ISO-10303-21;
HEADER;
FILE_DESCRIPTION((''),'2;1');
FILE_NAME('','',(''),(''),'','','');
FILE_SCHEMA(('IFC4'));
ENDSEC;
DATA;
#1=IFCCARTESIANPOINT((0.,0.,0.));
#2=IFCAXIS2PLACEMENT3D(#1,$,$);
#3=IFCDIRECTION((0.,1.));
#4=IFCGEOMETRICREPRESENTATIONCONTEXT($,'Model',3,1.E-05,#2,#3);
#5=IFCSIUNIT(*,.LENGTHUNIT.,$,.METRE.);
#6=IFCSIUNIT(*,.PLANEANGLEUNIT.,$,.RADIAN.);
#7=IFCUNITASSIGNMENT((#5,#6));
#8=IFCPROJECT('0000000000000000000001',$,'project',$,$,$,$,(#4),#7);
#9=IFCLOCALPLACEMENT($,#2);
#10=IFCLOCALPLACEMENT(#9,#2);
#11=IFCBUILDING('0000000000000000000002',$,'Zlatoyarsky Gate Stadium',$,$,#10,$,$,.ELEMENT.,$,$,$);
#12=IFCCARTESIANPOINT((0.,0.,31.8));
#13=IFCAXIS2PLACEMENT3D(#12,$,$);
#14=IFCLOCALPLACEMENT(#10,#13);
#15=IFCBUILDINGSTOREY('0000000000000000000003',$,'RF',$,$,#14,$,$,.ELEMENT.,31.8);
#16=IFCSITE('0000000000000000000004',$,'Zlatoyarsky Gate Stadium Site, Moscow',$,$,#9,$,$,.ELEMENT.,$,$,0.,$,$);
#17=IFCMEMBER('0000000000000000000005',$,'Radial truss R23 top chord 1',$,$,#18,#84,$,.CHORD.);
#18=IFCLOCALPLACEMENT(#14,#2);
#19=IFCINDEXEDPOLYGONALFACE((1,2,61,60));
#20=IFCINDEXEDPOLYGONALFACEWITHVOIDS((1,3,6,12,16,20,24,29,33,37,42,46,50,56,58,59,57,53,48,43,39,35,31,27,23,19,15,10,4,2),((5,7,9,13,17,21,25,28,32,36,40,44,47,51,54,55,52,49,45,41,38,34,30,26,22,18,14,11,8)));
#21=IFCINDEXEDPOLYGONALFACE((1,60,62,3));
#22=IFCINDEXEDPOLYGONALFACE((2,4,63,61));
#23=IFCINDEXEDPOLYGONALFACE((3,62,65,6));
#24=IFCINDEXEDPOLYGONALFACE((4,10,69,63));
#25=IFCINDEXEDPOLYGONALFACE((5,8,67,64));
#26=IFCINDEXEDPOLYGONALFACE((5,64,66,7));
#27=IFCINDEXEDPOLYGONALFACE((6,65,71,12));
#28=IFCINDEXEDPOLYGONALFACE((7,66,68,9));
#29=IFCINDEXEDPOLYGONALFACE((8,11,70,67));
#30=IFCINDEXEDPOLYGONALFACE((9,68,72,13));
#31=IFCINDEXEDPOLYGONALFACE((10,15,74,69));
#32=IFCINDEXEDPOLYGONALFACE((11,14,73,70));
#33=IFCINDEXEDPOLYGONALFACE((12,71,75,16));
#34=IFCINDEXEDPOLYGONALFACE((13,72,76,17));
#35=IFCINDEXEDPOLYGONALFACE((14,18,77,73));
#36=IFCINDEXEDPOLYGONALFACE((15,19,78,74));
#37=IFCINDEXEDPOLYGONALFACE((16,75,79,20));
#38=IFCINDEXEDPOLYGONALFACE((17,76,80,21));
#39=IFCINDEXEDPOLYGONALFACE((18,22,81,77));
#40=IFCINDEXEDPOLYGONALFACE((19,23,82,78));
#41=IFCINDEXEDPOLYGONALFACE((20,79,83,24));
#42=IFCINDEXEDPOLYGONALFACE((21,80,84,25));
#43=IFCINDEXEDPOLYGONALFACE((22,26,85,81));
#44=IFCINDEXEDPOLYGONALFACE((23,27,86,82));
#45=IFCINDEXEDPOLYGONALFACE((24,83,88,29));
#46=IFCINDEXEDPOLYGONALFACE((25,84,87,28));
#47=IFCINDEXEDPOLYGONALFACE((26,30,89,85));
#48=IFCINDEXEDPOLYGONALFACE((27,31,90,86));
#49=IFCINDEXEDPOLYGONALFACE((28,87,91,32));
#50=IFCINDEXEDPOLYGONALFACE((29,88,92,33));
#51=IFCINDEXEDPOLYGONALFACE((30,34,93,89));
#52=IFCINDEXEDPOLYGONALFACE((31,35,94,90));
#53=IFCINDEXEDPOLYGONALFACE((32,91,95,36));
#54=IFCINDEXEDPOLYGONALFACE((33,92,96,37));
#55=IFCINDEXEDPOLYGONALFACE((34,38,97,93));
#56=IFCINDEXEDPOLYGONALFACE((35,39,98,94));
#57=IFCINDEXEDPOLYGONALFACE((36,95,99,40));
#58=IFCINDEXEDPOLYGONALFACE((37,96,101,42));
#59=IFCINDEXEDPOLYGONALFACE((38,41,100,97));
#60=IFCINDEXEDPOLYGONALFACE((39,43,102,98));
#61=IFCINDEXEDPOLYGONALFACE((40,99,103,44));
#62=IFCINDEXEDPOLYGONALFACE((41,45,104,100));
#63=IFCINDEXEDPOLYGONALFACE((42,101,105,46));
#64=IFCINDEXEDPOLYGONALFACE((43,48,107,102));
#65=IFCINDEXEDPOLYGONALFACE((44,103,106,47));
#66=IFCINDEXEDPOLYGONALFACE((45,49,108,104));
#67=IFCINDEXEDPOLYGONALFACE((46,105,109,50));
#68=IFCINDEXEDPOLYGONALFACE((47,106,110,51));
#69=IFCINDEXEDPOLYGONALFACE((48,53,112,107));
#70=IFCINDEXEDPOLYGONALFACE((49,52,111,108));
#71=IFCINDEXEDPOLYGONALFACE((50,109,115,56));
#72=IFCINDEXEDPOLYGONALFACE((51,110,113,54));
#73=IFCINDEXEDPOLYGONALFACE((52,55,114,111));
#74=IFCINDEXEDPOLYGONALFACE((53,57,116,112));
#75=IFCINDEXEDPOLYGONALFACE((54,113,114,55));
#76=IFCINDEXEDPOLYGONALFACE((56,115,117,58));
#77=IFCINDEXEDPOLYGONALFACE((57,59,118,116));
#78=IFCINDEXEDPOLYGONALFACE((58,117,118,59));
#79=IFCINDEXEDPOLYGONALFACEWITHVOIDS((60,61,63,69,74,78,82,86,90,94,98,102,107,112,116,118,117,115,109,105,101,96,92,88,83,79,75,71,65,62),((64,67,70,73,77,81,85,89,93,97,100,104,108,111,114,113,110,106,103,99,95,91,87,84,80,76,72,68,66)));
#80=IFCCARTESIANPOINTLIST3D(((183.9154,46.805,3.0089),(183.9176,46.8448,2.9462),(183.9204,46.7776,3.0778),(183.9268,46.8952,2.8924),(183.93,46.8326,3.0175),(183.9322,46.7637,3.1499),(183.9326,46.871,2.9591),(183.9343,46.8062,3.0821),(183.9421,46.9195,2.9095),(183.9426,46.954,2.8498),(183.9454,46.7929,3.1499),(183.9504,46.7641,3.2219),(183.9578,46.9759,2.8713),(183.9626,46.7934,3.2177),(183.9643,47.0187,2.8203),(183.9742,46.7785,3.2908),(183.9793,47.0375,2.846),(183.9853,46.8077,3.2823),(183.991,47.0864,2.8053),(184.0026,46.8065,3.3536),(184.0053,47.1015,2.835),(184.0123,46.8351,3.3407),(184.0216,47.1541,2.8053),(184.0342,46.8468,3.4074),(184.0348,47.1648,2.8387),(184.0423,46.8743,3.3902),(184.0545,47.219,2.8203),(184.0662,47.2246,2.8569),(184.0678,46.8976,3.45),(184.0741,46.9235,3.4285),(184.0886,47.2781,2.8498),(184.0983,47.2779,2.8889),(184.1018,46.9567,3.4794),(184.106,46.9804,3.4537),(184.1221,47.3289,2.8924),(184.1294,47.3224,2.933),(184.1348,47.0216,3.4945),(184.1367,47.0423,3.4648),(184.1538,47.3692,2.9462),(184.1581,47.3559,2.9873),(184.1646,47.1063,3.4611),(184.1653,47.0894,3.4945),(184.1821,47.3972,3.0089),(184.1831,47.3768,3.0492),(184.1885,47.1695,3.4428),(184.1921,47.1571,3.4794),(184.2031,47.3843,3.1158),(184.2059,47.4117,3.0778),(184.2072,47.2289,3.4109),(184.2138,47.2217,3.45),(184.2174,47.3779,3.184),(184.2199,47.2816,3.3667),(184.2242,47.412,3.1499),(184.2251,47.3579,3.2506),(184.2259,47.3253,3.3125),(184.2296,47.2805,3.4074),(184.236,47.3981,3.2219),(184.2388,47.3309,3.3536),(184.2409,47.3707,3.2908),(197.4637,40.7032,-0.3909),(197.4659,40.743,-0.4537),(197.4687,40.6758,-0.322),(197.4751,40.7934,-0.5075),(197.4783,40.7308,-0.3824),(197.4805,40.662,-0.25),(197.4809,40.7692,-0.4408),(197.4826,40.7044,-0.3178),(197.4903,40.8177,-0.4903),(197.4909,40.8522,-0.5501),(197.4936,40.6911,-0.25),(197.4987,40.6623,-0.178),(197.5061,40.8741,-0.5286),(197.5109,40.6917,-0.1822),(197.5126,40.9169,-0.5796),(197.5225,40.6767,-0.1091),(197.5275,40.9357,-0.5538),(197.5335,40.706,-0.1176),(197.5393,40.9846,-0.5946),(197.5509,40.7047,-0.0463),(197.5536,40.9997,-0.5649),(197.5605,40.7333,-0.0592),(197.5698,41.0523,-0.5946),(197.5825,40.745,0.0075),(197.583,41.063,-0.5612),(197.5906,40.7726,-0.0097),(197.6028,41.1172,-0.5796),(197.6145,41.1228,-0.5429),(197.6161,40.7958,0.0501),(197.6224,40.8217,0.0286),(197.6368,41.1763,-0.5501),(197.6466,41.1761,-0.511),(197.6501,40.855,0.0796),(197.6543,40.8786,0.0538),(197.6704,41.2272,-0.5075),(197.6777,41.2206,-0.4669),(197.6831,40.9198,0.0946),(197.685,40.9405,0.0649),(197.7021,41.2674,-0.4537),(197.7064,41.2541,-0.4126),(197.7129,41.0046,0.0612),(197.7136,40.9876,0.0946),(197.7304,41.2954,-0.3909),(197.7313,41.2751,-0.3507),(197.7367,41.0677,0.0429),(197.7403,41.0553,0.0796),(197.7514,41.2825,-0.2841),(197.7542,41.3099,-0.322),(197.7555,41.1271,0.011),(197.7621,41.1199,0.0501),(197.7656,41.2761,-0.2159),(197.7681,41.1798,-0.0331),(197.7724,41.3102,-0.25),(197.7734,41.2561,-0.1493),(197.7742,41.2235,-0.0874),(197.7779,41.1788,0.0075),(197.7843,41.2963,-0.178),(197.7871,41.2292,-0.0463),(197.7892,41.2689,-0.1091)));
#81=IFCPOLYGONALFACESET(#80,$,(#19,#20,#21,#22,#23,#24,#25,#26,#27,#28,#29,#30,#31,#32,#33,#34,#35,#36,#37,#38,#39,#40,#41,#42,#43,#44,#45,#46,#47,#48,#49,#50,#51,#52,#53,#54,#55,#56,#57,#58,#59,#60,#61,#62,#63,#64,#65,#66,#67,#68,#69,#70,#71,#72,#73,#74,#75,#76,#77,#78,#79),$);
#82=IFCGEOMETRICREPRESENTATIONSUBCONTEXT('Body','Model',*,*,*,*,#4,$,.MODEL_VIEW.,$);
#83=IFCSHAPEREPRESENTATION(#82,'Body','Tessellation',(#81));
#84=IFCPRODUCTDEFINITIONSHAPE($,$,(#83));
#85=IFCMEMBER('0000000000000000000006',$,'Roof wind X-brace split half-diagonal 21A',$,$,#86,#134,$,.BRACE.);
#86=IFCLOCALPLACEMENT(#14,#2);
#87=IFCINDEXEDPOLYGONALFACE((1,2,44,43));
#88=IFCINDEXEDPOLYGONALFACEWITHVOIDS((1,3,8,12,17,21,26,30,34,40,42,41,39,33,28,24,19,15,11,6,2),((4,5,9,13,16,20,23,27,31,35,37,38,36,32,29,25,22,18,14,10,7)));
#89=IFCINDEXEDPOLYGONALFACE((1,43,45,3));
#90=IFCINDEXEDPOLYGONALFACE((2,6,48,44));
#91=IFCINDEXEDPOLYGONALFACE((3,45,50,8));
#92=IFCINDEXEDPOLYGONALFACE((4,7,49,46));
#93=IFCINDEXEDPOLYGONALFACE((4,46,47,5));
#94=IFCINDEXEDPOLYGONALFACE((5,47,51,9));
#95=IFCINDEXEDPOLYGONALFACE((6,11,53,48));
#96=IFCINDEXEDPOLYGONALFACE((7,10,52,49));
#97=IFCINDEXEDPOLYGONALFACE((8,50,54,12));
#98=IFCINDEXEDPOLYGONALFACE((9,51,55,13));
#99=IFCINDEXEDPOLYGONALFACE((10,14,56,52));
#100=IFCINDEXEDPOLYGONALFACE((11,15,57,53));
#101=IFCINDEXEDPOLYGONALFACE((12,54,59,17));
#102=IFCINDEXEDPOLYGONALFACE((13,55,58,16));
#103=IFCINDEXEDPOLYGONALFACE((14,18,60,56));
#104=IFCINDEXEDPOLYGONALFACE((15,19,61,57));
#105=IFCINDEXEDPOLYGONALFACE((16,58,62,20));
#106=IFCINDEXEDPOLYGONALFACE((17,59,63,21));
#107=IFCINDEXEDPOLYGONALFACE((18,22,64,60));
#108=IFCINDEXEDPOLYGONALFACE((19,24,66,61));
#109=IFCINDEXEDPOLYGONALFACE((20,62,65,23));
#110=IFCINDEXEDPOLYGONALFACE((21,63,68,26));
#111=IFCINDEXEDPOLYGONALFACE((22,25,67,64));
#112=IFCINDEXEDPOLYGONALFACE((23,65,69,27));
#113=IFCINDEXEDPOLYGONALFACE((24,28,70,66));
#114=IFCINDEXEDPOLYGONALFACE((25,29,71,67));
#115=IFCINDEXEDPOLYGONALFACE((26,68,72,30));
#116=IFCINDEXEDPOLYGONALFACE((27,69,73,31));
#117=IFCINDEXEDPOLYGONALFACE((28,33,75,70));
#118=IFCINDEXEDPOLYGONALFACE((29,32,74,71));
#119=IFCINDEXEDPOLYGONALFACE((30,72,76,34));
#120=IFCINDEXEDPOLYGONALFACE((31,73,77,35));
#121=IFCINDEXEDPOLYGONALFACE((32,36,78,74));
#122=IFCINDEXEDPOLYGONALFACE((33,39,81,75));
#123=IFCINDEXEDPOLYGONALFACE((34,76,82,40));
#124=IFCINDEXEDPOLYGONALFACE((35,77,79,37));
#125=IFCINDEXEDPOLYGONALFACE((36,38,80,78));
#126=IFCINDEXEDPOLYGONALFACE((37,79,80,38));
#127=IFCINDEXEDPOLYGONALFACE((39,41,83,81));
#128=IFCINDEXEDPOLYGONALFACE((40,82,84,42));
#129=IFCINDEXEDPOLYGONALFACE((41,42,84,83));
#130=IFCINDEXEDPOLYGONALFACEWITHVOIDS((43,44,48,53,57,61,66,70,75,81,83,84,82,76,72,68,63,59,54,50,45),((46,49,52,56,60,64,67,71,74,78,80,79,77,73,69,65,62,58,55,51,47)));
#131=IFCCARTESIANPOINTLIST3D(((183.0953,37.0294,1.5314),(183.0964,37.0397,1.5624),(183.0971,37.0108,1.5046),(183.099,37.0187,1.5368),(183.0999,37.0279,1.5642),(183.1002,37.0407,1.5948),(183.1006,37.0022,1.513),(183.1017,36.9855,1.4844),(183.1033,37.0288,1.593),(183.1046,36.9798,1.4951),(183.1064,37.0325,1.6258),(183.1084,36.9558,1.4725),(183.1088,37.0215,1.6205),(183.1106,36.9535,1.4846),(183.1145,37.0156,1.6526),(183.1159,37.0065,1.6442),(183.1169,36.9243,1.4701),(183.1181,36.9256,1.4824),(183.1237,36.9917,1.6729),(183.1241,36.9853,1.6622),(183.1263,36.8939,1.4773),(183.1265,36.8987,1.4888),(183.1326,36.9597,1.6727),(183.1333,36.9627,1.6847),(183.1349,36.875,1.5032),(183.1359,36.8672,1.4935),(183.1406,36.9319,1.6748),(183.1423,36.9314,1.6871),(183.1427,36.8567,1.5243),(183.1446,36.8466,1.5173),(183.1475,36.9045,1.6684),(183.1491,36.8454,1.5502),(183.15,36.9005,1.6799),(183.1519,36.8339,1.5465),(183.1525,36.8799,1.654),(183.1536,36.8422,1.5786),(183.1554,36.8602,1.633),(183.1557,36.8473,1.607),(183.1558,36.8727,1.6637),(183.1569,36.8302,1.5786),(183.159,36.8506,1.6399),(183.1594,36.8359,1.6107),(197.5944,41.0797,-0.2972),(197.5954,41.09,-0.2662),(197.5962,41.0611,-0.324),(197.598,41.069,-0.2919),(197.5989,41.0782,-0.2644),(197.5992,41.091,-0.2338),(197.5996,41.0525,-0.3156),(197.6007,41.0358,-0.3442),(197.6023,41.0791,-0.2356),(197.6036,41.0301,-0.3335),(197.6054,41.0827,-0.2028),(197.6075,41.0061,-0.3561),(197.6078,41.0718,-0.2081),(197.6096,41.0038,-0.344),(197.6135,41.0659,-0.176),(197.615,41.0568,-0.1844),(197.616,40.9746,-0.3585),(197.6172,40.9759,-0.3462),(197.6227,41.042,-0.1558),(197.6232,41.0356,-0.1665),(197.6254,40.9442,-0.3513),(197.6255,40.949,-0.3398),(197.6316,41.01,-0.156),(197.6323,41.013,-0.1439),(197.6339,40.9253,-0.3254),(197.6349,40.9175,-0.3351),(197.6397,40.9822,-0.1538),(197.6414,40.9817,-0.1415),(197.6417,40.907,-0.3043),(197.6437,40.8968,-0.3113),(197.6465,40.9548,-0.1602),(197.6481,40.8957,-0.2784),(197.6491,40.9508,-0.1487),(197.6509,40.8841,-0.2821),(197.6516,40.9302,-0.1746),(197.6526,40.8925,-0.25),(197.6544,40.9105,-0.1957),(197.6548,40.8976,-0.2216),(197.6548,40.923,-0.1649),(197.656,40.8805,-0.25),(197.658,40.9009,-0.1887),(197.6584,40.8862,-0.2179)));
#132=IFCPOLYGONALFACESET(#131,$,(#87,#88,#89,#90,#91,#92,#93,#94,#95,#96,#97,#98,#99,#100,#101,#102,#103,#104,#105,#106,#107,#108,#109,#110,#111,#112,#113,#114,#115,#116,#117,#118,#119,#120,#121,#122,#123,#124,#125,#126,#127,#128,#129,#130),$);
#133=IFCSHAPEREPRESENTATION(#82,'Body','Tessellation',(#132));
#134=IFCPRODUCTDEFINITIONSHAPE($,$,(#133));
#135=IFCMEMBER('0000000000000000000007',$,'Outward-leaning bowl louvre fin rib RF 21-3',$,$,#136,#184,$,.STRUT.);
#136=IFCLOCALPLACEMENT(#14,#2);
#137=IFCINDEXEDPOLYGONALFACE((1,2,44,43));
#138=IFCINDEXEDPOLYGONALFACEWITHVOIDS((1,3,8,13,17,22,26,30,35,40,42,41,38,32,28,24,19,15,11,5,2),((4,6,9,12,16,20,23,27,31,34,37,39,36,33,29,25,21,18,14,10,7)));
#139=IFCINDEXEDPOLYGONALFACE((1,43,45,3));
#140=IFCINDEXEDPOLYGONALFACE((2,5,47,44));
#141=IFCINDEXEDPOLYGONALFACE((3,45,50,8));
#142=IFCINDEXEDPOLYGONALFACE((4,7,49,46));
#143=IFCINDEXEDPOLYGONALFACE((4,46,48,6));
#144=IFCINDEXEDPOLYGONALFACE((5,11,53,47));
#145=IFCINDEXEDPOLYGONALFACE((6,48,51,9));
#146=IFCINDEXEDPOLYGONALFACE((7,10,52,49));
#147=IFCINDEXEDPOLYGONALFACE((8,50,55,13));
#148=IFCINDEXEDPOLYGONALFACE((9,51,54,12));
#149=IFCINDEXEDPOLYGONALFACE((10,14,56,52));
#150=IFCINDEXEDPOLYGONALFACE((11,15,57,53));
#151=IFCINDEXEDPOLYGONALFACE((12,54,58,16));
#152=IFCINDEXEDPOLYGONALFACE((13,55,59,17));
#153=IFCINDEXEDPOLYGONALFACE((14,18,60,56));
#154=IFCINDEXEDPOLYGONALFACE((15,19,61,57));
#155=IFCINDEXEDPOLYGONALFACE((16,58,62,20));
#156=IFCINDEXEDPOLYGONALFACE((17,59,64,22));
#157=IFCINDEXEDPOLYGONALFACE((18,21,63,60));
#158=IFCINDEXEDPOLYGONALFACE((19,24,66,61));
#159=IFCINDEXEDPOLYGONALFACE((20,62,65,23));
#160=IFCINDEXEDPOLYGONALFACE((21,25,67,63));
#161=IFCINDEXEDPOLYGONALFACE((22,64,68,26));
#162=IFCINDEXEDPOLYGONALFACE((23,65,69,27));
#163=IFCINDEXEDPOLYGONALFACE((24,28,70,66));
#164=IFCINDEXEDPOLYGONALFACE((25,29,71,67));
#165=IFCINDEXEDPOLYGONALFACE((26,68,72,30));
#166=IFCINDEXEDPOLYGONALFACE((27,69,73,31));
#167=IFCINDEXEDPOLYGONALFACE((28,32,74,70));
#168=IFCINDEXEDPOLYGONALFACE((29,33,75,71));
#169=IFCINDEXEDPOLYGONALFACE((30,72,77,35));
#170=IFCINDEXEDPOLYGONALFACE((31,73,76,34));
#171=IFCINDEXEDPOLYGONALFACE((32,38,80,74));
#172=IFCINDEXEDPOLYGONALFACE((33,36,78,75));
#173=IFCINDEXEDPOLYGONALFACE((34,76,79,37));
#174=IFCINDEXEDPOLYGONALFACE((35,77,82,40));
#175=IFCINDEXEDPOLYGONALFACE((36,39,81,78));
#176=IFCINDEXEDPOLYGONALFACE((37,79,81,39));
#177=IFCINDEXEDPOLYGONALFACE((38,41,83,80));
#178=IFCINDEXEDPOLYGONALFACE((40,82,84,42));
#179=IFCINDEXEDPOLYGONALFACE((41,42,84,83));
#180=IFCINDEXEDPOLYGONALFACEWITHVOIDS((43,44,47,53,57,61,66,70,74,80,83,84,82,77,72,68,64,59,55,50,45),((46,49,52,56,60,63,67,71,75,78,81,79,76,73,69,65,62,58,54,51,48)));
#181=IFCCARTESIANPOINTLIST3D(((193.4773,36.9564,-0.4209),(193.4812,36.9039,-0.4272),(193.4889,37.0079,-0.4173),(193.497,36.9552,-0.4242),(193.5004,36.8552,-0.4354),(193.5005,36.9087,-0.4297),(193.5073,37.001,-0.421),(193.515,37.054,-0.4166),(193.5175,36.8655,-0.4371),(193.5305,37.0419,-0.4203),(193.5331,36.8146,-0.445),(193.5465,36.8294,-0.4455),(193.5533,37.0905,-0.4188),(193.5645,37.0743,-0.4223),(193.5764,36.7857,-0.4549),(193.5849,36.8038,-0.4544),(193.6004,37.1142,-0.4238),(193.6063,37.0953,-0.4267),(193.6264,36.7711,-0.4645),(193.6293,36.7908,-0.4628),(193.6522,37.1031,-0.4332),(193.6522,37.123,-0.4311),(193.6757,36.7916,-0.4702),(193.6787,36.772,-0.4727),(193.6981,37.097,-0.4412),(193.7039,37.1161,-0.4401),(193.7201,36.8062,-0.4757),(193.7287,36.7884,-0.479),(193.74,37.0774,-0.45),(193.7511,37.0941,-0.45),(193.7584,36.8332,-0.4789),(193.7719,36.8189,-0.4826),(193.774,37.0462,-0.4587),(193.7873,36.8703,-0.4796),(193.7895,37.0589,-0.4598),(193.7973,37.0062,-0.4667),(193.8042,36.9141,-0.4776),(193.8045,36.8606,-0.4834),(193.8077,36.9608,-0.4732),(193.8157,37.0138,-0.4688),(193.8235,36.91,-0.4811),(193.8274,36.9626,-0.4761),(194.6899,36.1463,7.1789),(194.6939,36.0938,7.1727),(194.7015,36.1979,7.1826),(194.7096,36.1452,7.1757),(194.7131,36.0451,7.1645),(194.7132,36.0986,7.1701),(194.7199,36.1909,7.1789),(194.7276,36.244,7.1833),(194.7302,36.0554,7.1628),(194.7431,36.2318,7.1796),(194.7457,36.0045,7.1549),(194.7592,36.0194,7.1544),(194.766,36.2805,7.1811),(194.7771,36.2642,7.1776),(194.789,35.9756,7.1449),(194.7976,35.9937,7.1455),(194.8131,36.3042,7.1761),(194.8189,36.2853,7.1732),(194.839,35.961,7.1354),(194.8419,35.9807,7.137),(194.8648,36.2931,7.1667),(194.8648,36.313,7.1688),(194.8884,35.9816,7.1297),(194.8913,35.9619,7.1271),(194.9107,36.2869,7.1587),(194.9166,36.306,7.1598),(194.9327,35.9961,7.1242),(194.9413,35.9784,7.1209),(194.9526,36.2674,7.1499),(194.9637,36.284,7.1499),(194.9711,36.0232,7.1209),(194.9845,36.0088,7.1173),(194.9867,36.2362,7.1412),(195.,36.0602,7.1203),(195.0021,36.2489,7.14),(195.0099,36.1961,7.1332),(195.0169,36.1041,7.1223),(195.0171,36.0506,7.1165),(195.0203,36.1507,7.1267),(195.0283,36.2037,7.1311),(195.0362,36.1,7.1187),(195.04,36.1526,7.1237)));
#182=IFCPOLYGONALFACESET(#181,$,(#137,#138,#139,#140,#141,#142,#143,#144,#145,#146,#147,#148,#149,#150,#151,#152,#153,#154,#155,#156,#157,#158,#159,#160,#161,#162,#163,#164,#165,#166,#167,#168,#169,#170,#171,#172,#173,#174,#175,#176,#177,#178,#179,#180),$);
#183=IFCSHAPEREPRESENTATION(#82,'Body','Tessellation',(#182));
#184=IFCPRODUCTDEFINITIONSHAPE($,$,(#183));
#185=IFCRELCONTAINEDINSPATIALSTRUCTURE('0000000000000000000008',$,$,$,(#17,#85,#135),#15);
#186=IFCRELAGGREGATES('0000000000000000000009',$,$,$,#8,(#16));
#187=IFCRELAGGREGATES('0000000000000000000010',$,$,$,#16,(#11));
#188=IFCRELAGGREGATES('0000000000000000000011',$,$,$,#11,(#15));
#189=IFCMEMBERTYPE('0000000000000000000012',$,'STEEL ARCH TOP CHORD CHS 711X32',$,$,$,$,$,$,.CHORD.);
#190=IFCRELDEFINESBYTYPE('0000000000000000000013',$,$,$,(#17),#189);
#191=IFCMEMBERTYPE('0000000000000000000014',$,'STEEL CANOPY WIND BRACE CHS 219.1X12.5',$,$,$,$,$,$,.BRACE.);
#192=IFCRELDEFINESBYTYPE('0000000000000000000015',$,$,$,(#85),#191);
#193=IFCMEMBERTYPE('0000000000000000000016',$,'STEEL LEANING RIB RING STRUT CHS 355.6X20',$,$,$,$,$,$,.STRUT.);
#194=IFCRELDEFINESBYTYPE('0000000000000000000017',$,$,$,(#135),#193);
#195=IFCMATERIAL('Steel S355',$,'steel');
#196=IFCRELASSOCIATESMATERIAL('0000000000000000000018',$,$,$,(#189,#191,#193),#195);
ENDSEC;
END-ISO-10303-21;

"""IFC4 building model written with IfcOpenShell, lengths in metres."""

from ifc_helpers import new_model, si_unit, direction, frame, origin, origin_2d, place, context, subcontext, project, spatial, hollow_circle, extrude, material, material_profile, profile_set, type_object, element, save


model = new_model("IFC4")

# Units and contexts
model_context = context("Model", 3, precision=1e-05, world=origin(), true_north=direction((0.0, 1.0)))
body_context = subcontext(model_context, "Body", "Model", "MODEL_VIEW")
ifc_project = project(units=[si_unit("LENGTHUNIT", "METRE"), si_unit("PLANEANGLEUNIT", "RADIAN")], contexts=[model_context])

# Site, building, storey
site_placement = place(None, origin())
site = spatial("IfcSite", under=ifc_project, at=site_placement, Name="Zlatoyarsky Gate Stadium Site, Moscow", CompositionType="ELEMENT", RefElevation=0.0)
building_placement = place(site_placement, origin())
building = spatial("IfcBuilding", under=site, at=building_placement, Name="Zlatoyarsky Gate Stadium", CompositionType="ELEMENT")
storey_placement = place(building_placement, frame((0.0, 0.0, 31.8)))
storey = spatial("IfcBuildingStorey", under=building, at=storey_placement, Name="RF", CompositionType="ELEMENT", Elevation=31.8)

# Members
ifc_material_1 = material(Name="Steel S355", Category="steel")
ifc_material_profile_1 = material_profile(ifc_material_1, hollow_circle(Radius=0.3555, WallThickness=0.032, at=origin_2d()), Name="CHS 711X32")
ifc_profile_set_1 = profile_set([ifc_material_profile_1], Name="Steel S355")
member_type_1 = type_object("IfcMemberType", Name="STEEL ARCH TOP CHORD CHS 711X32", PredefinedType="CHORD", material=ifc_profile_set_1)
member_1_placement = place(storey_placement, frame((197.6265, 40.9861, -0.25), z_axis=(-0.888824, 0.400302, 0.223047), x_axis=(-0.410647, -0.911794, 0.0)))
element("IfcMember", 1, at=member_1_placement, inside=storey, type_object=member_type_1, Name="Radial truss R23 top chord 1", PredefinedType="CHORD", context=body_context, shape_type="SweptSolid", body=[
    extrude(hollow_circle(Radius=0.3555, WallThickness=0.032, at=origin_2d()), origin(), (0.0, 0.0, 1.0), 15.2429),
])
ifc_material_profile_2 = material_profile(ifc_material_1, hollow_circle(Radius=0.1096, WallThickness=0.0125, at=origin_2d()), Name="CHS 219.1X12.5")
ifc_profile_set_2 = profile_set([ifc_material_profile_2], Name="Steel S355")
member_type_2 = type_object("IfcMemberType", Name="STEEL CANOPY WIND BRACE CHS 219.1X12.5", PredefinedType="BRACE", material=ifc_profile_set_2)
member_2_placement = place(storey_placement, frame((197.6265, 40.9861, -0.25), z_axis=(-0.956099, -0.267086, 0.120583), x_axis=(0.269049, -0.963127, 0.0)))
element("IfcMember", 2, at=member_2_placement, inside=storey, type_object=member_type_2, Name="Roof wind X-brace split half-diagonal 21A", PredefinedType="BRACE", context=body_context, shape_type="SweptSolid", body=[
    extrude(hollow_circle(Radius=0.1096, WallThickness=0.0125, at=origin_2d()), origin(), (0.0, 0.0, 1.0), 15.1648),
])
ifc_material_profile_3 = material_profile(ifc_material_1, hollow_circle(Radius=0.1777, WallThickness=0.02, at=origin_2d()), Name="CHS 355.6X20")
ifc_profile_set_3 = profile_set([ifc_material_profile_3], Name="Steel S355")
member_type_3 = type_object("IfcMemberType", Name="STEEL LEANING RIB RING STRUT CHS 355.6X20", PredefinedType="STRUT", material=ifc_profile_set_3)
member_3_placement = place(storey_placement, frame((193.6523, 36.9463, -0.45), z_axis=(0.156703, -0.104679, 0.982083), x_axis=(0.555473, 0.831535, 0.0)))
element("IfcMember", 3, at=member_3_placement, inside=storey, type_object=member_type_3, Name="Outward-leaning bowl louvre fin rib RF 21-3", PredefinedType="STRUT", context=body_context, shape_type="SweptSolid", body=[
    extrude(hollow_circle(Radius=0.1777, WallThickness=0.02, at=origin_2d()), origin(), (0.0, 0.0, 1.0), 7.7385),
])

save(model, "model.ifc")
